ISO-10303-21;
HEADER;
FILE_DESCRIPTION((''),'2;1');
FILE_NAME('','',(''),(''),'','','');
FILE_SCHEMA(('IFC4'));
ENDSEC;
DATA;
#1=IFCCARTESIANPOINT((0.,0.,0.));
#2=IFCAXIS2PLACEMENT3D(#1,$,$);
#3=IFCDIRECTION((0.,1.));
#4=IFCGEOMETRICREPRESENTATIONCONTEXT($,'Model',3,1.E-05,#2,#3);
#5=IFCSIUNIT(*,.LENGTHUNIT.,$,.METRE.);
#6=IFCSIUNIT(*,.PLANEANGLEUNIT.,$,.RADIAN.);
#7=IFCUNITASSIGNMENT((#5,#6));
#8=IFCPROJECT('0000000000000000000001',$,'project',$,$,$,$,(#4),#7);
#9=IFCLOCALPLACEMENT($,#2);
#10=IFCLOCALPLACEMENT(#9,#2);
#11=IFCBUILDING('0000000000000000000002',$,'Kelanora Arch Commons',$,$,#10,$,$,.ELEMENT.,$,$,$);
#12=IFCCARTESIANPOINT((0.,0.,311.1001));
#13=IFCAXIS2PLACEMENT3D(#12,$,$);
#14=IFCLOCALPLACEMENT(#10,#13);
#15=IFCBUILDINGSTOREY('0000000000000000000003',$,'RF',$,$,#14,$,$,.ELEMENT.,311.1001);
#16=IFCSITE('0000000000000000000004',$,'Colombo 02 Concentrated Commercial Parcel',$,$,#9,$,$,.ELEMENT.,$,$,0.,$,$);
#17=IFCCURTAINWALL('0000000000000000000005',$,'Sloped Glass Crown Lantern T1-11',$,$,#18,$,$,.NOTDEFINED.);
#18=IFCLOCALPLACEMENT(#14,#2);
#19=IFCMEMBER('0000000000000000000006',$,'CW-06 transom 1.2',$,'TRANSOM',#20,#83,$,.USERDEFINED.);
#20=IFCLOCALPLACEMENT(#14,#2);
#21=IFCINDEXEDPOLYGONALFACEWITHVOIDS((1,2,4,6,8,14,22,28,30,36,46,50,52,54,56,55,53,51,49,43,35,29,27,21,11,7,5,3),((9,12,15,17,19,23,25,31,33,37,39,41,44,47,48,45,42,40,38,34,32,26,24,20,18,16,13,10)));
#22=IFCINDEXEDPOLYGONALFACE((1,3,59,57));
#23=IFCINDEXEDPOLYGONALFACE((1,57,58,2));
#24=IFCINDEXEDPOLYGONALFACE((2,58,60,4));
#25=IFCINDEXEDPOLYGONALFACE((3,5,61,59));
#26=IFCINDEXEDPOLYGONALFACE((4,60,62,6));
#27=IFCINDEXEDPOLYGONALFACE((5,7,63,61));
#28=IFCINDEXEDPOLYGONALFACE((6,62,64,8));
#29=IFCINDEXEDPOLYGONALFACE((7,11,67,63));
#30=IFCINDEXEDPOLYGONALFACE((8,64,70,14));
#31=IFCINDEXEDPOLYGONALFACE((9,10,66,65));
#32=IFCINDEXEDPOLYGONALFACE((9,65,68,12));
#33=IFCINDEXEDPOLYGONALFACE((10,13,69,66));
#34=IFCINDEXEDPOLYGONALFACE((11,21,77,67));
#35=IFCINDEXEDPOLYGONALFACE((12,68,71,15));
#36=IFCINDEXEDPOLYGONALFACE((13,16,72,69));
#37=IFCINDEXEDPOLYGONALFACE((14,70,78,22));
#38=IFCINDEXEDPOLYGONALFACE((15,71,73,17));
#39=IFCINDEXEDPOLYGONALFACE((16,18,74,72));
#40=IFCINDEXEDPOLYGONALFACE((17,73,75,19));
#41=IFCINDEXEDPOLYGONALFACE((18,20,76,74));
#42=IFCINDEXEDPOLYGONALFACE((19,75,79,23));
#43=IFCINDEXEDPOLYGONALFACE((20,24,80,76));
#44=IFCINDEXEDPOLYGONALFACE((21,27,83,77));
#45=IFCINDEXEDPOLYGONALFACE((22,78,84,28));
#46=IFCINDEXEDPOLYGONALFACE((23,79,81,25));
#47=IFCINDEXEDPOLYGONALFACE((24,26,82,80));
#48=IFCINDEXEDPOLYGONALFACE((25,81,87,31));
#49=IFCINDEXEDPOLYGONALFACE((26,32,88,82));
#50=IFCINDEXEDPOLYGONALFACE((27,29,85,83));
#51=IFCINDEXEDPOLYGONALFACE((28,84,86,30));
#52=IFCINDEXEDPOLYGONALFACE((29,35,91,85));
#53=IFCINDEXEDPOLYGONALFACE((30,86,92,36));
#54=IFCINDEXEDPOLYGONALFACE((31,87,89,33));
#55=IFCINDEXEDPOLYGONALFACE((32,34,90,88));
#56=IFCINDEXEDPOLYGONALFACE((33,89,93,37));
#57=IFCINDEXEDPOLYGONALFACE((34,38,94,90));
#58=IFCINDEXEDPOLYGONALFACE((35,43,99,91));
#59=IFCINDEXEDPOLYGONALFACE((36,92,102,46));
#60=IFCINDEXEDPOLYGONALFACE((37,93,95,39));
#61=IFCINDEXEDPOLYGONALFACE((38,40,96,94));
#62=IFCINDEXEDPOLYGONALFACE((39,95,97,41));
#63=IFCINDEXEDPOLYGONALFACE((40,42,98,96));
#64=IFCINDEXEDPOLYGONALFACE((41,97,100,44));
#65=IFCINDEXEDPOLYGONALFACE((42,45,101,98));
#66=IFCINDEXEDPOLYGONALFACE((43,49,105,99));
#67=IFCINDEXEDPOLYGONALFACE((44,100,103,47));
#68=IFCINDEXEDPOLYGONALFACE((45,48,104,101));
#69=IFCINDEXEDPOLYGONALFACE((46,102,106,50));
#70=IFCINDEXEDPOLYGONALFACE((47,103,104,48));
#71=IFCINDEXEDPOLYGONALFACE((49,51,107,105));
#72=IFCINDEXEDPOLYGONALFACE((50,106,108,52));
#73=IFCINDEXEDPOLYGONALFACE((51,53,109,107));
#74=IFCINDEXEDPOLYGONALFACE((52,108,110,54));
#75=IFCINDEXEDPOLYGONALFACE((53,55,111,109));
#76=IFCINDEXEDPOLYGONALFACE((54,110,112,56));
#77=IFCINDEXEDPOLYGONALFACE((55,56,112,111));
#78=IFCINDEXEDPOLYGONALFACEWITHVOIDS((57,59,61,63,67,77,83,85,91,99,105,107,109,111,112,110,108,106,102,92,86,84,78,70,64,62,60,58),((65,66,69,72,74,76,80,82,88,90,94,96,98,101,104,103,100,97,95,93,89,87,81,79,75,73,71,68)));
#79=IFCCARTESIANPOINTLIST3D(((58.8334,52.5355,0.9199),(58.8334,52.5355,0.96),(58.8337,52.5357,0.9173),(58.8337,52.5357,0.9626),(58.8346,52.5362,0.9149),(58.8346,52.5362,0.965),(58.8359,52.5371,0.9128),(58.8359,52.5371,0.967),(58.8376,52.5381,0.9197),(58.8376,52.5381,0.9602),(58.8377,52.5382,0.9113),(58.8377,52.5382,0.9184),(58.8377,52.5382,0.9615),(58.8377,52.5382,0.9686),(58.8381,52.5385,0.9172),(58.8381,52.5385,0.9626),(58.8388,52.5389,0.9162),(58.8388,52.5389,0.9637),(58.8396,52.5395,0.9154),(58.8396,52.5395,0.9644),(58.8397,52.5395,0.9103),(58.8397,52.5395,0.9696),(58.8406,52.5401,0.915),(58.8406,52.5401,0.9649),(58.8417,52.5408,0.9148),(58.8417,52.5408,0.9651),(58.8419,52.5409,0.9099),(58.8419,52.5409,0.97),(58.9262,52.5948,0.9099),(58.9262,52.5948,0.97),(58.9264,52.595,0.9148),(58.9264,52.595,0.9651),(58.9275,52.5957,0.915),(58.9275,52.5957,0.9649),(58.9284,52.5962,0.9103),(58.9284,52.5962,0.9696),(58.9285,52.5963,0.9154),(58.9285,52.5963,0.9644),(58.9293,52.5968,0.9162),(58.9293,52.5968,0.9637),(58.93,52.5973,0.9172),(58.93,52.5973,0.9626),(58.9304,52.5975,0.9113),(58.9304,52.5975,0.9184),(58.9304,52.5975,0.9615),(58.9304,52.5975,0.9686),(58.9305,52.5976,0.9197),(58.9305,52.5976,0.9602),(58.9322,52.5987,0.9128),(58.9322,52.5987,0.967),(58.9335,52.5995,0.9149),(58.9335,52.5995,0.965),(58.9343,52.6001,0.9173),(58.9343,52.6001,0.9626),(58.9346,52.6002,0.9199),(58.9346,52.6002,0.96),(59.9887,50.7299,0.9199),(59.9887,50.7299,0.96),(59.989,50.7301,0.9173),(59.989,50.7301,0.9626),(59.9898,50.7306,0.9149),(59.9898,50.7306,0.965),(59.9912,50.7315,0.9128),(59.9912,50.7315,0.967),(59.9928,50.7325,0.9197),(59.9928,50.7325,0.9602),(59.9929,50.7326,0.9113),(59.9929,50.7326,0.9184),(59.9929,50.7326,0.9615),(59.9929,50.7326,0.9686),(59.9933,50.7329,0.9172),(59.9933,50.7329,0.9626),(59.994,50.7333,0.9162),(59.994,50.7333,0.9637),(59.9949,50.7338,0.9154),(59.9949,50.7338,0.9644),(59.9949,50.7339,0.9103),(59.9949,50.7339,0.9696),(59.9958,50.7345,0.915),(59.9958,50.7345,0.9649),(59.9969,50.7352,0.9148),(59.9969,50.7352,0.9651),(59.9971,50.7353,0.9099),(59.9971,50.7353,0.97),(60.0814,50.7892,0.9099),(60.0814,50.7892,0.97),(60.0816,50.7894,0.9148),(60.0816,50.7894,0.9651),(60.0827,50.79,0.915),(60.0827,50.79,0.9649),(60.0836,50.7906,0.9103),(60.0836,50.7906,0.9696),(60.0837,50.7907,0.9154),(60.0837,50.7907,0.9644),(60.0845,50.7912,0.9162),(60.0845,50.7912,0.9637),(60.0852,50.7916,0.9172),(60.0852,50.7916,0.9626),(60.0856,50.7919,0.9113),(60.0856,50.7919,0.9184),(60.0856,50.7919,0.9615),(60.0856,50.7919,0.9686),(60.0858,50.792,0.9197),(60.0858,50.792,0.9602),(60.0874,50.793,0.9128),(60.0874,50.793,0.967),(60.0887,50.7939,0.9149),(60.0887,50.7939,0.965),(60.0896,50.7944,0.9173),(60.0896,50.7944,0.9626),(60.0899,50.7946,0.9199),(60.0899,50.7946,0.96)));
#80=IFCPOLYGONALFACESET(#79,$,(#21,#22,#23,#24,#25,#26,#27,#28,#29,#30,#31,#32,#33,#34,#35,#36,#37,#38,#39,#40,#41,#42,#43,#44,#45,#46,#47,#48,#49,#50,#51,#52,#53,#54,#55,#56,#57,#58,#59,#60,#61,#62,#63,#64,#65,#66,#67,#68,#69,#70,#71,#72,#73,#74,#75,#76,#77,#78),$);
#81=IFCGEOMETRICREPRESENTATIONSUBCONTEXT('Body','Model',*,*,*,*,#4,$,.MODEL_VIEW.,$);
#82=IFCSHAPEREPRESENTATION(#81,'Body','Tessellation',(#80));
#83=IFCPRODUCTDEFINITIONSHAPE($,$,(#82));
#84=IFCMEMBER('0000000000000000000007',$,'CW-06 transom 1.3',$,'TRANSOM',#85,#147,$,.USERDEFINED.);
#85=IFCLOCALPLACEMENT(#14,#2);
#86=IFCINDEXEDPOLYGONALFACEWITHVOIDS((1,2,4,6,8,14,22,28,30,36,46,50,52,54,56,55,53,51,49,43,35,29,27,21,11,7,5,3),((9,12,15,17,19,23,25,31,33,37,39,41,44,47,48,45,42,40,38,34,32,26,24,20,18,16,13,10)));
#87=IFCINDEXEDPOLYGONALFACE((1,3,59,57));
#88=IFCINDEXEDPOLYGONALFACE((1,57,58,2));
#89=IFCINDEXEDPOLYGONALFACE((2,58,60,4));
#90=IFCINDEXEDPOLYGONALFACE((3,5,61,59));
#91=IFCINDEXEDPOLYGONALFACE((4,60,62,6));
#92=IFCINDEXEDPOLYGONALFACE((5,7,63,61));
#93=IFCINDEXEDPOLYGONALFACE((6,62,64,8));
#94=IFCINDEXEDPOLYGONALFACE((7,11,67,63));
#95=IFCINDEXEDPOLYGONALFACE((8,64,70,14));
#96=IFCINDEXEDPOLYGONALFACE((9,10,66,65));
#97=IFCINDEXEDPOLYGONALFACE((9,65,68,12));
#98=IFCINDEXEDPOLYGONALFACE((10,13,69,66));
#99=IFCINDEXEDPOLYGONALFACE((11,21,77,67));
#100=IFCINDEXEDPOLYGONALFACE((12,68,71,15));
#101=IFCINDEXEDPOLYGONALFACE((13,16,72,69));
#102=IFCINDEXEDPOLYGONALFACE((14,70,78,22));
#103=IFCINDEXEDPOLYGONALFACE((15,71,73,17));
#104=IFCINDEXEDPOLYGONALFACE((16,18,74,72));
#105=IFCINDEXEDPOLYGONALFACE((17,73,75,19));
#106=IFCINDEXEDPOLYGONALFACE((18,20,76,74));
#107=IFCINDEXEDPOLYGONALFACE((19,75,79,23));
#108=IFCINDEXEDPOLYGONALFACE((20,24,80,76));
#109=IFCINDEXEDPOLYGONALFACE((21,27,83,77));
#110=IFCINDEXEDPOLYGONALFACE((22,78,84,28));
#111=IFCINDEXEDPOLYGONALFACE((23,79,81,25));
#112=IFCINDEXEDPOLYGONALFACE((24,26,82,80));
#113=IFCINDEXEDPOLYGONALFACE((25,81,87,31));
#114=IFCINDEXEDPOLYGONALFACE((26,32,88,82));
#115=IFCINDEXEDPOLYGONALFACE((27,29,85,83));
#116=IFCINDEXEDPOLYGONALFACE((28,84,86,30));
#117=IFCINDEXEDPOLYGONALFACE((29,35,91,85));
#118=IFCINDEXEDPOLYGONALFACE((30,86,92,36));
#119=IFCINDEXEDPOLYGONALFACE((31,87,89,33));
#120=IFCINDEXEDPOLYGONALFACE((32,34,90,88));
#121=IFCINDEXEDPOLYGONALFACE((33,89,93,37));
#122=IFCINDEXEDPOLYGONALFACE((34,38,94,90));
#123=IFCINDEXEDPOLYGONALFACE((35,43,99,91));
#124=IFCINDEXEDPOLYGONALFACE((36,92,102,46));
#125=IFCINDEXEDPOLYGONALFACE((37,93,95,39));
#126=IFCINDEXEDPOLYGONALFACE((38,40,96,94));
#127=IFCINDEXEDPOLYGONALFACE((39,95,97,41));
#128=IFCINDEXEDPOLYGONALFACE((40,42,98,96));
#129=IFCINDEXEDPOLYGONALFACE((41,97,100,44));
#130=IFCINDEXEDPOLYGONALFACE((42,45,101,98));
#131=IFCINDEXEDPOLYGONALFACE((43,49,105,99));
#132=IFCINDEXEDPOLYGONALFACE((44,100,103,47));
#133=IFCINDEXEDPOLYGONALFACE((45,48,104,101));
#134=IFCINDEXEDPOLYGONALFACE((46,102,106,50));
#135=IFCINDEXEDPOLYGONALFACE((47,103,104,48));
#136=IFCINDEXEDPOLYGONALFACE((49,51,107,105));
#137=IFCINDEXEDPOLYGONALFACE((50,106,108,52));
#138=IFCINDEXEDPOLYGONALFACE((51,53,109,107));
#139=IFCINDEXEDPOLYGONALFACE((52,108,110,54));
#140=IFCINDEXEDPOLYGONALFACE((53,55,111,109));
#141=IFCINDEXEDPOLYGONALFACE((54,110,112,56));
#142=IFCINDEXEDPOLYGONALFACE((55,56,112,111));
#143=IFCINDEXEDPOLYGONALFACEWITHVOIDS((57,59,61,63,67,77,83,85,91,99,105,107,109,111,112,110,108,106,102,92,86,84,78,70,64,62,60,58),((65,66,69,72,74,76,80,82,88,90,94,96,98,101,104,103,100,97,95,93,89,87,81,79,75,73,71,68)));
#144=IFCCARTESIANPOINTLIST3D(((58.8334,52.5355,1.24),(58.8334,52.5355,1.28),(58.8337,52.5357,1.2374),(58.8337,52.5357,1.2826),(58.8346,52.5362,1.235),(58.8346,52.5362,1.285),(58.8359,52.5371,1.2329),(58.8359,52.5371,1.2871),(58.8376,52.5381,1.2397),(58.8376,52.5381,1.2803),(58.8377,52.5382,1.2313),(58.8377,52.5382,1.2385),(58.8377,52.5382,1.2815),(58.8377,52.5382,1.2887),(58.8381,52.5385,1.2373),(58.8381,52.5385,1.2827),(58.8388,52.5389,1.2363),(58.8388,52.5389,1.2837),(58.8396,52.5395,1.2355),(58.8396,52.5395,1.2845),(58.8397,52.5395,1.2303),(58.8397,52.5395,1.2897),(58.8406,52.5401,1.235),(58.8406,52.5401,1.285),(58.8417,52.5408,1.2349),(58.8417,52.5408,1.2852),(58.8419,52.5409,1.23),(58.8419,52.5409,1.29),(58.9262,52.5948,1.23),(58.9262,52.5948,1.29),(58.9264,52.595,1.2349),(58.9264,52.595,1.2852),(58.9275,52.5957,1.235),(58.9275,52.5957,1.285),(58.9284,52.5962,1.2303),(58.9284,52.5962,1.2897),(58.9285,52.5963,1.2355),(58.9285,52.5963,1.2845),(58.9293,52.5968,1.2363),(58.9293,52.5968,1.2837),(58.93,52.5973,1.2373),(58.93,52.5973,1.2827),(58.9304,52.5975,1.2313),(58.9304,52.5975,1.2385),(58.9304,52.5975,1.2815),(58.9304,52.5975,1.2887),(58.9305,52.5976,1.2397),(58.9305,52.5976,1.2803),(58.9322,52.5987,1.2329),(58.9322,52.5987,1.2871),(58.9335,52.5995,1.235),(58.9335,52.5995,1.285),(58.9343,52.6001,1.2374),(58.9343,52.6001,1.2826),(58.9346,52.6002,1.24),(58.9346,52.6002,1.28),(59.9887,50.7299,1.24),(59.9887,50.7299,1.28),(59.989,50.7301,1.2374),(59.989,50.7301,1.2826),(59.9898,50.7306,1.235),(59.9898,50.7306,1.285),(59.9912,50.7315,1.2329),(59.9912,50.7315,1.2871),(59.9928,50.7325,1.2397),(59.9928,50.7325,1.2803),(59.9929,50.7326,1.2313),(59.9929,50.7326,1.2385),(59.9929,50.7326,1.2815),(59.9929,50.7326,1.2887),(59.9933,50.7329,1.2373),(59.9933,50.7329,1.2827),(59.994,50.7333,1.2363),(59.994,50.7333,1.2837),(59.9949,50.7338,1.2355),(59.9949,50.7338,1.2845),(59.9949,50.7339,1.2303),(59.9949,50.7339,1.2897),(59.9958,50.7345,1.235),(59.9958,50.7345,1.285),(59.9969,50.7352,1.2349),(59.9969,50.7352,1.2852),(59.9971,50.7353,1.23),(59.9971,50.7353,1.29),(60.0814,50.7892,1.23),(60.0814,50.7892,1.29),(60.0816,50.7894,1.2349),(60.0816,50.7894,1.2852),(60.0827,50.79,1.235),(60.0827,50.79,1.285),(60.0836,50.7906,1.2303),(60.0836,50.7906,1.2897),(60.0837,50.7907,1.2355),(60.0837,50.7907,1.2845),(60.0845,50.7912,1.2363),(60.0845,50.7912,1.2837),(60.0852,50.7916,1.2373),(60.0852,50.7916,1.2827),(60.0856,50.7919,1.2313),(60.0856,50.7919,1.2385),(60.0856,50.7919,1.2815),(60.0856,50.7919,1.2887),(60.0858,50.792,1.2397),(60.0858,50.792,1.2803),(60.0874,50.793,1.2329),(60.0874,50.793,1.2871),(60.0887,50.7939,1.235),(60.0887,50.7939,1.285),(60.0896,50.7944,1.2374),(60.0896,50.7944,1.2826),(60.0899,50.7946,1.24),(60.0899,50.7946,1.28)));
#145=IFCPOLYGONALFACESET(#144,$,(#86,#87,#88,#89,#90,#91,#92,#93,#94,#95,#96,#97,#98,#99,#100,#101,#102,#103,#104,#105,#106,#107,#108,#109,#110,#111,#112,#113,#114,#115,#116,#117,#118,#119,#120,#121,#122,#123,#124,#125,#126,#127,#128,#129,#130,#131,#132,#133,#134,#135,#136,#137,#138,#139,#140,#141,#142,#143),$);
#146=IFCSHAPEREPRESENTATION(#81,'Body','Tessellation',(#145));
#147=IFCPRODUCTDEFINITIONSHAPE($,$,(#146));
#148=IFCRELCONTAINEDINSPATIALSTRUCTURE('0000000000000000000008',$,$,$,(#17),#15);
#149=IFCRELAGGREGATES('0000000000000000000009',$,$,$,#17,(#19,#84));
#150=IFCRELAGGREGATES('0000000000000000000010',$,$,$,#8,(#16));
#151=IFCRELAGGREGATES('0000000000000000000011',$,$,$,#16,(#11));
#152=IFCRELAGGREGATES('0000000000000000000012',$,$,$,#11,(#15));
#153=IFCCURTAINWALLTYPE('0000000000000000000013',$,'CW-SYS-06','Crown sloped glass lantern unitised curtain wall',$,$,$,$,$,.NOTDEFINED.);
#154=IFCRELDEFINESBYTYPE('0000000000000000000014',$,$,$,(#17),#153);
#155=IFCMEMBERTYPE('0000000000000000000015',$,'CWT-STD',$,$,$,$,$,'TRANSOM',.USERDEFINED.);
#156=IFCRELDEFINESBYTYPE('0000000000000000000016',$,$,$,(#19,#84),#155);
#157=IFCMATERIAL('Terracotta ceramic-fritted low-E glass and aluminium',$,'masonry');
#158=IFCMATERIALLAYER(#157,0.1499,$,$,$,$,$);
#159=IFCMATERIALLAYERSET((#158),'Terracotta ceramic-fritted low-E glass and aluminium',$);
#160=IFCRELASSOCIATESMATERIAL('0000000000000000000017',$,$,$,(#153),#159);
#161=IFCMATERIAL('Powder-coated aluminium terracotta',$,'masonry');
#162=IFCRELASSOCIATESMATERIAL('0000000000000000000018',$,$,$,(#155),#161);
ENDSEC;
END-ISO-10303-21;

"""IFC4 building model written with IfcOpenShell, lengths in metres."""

from ifc_helpers import new_model, si_unit, direction, frame, origin, origin_2d, place, context, subcontext, project, spatial, hollow_rectangle, extrude, material, layer, layer_set, material_profile, profile_set, type_object, element, aggregate, save


model = new_model("IFC4")

# Units and contexts
model_context = context("Model", 3, precision=1e-05, world=origin(), true_north=direction((0.0, 1.0)))
body_context = subcontext(model_context, "Body", "Model", "MODEL_VIEW")
ifc_project = project(units=[si_unit("LENGTHUNIT", "METRE"), si_unit("PLANEANGLEUNIT", "RADIAN")], contexts=[model_context])

# Site, building, storey
site_placement = place(None, origin())
site = spatial("IfcSite", under=ifc_project, at=site_placement, Name="Colombo 02 Concentrated Commercial Parcel", CompositionType="ELEMENT", RefElevation=0.0)
building_placement = place(site_placement, origin())
building = spatial("IfcBuilding", under=site, at=building_placement, Name="Kelanora Arch Commons", CompositionType="ELEMENT")
storey_placement = place(building_placement, frame((0.0, 0.0, 311.1001)))
storey = spatial("IfcBuildingStorey", under=building, at=storey_placement, Name="RF", CompositionType="ELEMENT", Elevation=311.1001)

# Curtain wall, members
ifc_material_1 = material(Name="Terracotta ceramic-fritted low-E glass and aluminium", Category="masonry")
ifc_layer_1 = layer(ifc_material_1, 0.1499)
ifc_layer_set_1 = layer_set([ifc_layer_1], Name="Terracotta ceramic-fritted low-E glass and aluminium")
curtain_wall_type = type_object("IfcCurtainWallType", Name="CW-SYS-06", Description="Crown sloped glass lantern unitised curtain wall", PredefinedType="NOTDEFINED", material=ifc_layer_set_1)
curtain_wall_placement = place(storey_placement, origin())
curtain_wall = element("IfcCurtainWall", 1, at=curtain_wall_placement, inside=storey, type_object=curtain_wall_type, Name="Sloped Glass Crown Lantern T1-11", PredefinedType="NOTDEFINED")
ifc_material_2 = material(Name="Powder-coated aluminium terracotta", Category="masonry")
ifc_material_profile_1 = material_profile(ifc_material_2, hollow_rectangle(XDim=0.1201, YDim=0.0601, WallThickness=0.0049, InnerFilletRadius=0.0049, OuterFilletRadius=0.01, at=origin_2d()), Name="CWT120x60")
ifc_profile_set_1 = profile_set([ifc_material_profile_1], Name="Powder-coated aluminium terracotta")
member_type_1 = type_object("IfcMemberType", Name="CWT-STD", ElementType="TRANSOM", PredefinedType="USERDEFINED", material=ifc_profile_set_1)
member_1_placement = place(storey_placement, frame((58.884, 52.5679, 0.9399), z_axis=(0.538937, -0.842346, 0.0), x_axis=(0.842346, 0.538937, 0.0)))
member_1 = element("IfcMember", 2, at=member_1_placement, type_object=member_type_1, Name="CW-06 transom 1.2", ObjectType="TRANSOM", PredefinedType="USERDEFINED", context=body_context, shape_type="SweptSolid", body=[
    extrude(hollow_rectangle(XDim=0.1201, YDim=0.0601, WallThickness=0.0049, InnerFilletRadius=0.0049, OuterFilletRadius=0.01, at=origin_2d()), origin(), (0.0, 0.0, 1.0), 2.1436),
])
member_2_placement = place(storey_placement, frame((58.884, 52.5679, 1.26), z_axis=(0.538937, -0.842346, 0.0), x_axis=(0.842346, 0.538937, 0.0)))
member_2 = element("IfcMember", 3, at=member_2_placement, type_object=member_type_1, Name="CW-06 transom 1.3", ObjectType="TRANSOM", PredefinedType="USERDEFINED", context=body_context, shape_type="SweptSolid", body=[
    extrude(hollow_rectangle(XDim=0.1201, YDim=0.0601, WallThickness=0.0049, InnerFilletRadius=0.0049, OuterFilletRadius=0.01, at=origin_2d()), origin(), (0.0, 0.0, 1.0), 2.1436),
])
aggregate(curtain_wall, [member_1, member_2])

save(model, "model.ifc")
